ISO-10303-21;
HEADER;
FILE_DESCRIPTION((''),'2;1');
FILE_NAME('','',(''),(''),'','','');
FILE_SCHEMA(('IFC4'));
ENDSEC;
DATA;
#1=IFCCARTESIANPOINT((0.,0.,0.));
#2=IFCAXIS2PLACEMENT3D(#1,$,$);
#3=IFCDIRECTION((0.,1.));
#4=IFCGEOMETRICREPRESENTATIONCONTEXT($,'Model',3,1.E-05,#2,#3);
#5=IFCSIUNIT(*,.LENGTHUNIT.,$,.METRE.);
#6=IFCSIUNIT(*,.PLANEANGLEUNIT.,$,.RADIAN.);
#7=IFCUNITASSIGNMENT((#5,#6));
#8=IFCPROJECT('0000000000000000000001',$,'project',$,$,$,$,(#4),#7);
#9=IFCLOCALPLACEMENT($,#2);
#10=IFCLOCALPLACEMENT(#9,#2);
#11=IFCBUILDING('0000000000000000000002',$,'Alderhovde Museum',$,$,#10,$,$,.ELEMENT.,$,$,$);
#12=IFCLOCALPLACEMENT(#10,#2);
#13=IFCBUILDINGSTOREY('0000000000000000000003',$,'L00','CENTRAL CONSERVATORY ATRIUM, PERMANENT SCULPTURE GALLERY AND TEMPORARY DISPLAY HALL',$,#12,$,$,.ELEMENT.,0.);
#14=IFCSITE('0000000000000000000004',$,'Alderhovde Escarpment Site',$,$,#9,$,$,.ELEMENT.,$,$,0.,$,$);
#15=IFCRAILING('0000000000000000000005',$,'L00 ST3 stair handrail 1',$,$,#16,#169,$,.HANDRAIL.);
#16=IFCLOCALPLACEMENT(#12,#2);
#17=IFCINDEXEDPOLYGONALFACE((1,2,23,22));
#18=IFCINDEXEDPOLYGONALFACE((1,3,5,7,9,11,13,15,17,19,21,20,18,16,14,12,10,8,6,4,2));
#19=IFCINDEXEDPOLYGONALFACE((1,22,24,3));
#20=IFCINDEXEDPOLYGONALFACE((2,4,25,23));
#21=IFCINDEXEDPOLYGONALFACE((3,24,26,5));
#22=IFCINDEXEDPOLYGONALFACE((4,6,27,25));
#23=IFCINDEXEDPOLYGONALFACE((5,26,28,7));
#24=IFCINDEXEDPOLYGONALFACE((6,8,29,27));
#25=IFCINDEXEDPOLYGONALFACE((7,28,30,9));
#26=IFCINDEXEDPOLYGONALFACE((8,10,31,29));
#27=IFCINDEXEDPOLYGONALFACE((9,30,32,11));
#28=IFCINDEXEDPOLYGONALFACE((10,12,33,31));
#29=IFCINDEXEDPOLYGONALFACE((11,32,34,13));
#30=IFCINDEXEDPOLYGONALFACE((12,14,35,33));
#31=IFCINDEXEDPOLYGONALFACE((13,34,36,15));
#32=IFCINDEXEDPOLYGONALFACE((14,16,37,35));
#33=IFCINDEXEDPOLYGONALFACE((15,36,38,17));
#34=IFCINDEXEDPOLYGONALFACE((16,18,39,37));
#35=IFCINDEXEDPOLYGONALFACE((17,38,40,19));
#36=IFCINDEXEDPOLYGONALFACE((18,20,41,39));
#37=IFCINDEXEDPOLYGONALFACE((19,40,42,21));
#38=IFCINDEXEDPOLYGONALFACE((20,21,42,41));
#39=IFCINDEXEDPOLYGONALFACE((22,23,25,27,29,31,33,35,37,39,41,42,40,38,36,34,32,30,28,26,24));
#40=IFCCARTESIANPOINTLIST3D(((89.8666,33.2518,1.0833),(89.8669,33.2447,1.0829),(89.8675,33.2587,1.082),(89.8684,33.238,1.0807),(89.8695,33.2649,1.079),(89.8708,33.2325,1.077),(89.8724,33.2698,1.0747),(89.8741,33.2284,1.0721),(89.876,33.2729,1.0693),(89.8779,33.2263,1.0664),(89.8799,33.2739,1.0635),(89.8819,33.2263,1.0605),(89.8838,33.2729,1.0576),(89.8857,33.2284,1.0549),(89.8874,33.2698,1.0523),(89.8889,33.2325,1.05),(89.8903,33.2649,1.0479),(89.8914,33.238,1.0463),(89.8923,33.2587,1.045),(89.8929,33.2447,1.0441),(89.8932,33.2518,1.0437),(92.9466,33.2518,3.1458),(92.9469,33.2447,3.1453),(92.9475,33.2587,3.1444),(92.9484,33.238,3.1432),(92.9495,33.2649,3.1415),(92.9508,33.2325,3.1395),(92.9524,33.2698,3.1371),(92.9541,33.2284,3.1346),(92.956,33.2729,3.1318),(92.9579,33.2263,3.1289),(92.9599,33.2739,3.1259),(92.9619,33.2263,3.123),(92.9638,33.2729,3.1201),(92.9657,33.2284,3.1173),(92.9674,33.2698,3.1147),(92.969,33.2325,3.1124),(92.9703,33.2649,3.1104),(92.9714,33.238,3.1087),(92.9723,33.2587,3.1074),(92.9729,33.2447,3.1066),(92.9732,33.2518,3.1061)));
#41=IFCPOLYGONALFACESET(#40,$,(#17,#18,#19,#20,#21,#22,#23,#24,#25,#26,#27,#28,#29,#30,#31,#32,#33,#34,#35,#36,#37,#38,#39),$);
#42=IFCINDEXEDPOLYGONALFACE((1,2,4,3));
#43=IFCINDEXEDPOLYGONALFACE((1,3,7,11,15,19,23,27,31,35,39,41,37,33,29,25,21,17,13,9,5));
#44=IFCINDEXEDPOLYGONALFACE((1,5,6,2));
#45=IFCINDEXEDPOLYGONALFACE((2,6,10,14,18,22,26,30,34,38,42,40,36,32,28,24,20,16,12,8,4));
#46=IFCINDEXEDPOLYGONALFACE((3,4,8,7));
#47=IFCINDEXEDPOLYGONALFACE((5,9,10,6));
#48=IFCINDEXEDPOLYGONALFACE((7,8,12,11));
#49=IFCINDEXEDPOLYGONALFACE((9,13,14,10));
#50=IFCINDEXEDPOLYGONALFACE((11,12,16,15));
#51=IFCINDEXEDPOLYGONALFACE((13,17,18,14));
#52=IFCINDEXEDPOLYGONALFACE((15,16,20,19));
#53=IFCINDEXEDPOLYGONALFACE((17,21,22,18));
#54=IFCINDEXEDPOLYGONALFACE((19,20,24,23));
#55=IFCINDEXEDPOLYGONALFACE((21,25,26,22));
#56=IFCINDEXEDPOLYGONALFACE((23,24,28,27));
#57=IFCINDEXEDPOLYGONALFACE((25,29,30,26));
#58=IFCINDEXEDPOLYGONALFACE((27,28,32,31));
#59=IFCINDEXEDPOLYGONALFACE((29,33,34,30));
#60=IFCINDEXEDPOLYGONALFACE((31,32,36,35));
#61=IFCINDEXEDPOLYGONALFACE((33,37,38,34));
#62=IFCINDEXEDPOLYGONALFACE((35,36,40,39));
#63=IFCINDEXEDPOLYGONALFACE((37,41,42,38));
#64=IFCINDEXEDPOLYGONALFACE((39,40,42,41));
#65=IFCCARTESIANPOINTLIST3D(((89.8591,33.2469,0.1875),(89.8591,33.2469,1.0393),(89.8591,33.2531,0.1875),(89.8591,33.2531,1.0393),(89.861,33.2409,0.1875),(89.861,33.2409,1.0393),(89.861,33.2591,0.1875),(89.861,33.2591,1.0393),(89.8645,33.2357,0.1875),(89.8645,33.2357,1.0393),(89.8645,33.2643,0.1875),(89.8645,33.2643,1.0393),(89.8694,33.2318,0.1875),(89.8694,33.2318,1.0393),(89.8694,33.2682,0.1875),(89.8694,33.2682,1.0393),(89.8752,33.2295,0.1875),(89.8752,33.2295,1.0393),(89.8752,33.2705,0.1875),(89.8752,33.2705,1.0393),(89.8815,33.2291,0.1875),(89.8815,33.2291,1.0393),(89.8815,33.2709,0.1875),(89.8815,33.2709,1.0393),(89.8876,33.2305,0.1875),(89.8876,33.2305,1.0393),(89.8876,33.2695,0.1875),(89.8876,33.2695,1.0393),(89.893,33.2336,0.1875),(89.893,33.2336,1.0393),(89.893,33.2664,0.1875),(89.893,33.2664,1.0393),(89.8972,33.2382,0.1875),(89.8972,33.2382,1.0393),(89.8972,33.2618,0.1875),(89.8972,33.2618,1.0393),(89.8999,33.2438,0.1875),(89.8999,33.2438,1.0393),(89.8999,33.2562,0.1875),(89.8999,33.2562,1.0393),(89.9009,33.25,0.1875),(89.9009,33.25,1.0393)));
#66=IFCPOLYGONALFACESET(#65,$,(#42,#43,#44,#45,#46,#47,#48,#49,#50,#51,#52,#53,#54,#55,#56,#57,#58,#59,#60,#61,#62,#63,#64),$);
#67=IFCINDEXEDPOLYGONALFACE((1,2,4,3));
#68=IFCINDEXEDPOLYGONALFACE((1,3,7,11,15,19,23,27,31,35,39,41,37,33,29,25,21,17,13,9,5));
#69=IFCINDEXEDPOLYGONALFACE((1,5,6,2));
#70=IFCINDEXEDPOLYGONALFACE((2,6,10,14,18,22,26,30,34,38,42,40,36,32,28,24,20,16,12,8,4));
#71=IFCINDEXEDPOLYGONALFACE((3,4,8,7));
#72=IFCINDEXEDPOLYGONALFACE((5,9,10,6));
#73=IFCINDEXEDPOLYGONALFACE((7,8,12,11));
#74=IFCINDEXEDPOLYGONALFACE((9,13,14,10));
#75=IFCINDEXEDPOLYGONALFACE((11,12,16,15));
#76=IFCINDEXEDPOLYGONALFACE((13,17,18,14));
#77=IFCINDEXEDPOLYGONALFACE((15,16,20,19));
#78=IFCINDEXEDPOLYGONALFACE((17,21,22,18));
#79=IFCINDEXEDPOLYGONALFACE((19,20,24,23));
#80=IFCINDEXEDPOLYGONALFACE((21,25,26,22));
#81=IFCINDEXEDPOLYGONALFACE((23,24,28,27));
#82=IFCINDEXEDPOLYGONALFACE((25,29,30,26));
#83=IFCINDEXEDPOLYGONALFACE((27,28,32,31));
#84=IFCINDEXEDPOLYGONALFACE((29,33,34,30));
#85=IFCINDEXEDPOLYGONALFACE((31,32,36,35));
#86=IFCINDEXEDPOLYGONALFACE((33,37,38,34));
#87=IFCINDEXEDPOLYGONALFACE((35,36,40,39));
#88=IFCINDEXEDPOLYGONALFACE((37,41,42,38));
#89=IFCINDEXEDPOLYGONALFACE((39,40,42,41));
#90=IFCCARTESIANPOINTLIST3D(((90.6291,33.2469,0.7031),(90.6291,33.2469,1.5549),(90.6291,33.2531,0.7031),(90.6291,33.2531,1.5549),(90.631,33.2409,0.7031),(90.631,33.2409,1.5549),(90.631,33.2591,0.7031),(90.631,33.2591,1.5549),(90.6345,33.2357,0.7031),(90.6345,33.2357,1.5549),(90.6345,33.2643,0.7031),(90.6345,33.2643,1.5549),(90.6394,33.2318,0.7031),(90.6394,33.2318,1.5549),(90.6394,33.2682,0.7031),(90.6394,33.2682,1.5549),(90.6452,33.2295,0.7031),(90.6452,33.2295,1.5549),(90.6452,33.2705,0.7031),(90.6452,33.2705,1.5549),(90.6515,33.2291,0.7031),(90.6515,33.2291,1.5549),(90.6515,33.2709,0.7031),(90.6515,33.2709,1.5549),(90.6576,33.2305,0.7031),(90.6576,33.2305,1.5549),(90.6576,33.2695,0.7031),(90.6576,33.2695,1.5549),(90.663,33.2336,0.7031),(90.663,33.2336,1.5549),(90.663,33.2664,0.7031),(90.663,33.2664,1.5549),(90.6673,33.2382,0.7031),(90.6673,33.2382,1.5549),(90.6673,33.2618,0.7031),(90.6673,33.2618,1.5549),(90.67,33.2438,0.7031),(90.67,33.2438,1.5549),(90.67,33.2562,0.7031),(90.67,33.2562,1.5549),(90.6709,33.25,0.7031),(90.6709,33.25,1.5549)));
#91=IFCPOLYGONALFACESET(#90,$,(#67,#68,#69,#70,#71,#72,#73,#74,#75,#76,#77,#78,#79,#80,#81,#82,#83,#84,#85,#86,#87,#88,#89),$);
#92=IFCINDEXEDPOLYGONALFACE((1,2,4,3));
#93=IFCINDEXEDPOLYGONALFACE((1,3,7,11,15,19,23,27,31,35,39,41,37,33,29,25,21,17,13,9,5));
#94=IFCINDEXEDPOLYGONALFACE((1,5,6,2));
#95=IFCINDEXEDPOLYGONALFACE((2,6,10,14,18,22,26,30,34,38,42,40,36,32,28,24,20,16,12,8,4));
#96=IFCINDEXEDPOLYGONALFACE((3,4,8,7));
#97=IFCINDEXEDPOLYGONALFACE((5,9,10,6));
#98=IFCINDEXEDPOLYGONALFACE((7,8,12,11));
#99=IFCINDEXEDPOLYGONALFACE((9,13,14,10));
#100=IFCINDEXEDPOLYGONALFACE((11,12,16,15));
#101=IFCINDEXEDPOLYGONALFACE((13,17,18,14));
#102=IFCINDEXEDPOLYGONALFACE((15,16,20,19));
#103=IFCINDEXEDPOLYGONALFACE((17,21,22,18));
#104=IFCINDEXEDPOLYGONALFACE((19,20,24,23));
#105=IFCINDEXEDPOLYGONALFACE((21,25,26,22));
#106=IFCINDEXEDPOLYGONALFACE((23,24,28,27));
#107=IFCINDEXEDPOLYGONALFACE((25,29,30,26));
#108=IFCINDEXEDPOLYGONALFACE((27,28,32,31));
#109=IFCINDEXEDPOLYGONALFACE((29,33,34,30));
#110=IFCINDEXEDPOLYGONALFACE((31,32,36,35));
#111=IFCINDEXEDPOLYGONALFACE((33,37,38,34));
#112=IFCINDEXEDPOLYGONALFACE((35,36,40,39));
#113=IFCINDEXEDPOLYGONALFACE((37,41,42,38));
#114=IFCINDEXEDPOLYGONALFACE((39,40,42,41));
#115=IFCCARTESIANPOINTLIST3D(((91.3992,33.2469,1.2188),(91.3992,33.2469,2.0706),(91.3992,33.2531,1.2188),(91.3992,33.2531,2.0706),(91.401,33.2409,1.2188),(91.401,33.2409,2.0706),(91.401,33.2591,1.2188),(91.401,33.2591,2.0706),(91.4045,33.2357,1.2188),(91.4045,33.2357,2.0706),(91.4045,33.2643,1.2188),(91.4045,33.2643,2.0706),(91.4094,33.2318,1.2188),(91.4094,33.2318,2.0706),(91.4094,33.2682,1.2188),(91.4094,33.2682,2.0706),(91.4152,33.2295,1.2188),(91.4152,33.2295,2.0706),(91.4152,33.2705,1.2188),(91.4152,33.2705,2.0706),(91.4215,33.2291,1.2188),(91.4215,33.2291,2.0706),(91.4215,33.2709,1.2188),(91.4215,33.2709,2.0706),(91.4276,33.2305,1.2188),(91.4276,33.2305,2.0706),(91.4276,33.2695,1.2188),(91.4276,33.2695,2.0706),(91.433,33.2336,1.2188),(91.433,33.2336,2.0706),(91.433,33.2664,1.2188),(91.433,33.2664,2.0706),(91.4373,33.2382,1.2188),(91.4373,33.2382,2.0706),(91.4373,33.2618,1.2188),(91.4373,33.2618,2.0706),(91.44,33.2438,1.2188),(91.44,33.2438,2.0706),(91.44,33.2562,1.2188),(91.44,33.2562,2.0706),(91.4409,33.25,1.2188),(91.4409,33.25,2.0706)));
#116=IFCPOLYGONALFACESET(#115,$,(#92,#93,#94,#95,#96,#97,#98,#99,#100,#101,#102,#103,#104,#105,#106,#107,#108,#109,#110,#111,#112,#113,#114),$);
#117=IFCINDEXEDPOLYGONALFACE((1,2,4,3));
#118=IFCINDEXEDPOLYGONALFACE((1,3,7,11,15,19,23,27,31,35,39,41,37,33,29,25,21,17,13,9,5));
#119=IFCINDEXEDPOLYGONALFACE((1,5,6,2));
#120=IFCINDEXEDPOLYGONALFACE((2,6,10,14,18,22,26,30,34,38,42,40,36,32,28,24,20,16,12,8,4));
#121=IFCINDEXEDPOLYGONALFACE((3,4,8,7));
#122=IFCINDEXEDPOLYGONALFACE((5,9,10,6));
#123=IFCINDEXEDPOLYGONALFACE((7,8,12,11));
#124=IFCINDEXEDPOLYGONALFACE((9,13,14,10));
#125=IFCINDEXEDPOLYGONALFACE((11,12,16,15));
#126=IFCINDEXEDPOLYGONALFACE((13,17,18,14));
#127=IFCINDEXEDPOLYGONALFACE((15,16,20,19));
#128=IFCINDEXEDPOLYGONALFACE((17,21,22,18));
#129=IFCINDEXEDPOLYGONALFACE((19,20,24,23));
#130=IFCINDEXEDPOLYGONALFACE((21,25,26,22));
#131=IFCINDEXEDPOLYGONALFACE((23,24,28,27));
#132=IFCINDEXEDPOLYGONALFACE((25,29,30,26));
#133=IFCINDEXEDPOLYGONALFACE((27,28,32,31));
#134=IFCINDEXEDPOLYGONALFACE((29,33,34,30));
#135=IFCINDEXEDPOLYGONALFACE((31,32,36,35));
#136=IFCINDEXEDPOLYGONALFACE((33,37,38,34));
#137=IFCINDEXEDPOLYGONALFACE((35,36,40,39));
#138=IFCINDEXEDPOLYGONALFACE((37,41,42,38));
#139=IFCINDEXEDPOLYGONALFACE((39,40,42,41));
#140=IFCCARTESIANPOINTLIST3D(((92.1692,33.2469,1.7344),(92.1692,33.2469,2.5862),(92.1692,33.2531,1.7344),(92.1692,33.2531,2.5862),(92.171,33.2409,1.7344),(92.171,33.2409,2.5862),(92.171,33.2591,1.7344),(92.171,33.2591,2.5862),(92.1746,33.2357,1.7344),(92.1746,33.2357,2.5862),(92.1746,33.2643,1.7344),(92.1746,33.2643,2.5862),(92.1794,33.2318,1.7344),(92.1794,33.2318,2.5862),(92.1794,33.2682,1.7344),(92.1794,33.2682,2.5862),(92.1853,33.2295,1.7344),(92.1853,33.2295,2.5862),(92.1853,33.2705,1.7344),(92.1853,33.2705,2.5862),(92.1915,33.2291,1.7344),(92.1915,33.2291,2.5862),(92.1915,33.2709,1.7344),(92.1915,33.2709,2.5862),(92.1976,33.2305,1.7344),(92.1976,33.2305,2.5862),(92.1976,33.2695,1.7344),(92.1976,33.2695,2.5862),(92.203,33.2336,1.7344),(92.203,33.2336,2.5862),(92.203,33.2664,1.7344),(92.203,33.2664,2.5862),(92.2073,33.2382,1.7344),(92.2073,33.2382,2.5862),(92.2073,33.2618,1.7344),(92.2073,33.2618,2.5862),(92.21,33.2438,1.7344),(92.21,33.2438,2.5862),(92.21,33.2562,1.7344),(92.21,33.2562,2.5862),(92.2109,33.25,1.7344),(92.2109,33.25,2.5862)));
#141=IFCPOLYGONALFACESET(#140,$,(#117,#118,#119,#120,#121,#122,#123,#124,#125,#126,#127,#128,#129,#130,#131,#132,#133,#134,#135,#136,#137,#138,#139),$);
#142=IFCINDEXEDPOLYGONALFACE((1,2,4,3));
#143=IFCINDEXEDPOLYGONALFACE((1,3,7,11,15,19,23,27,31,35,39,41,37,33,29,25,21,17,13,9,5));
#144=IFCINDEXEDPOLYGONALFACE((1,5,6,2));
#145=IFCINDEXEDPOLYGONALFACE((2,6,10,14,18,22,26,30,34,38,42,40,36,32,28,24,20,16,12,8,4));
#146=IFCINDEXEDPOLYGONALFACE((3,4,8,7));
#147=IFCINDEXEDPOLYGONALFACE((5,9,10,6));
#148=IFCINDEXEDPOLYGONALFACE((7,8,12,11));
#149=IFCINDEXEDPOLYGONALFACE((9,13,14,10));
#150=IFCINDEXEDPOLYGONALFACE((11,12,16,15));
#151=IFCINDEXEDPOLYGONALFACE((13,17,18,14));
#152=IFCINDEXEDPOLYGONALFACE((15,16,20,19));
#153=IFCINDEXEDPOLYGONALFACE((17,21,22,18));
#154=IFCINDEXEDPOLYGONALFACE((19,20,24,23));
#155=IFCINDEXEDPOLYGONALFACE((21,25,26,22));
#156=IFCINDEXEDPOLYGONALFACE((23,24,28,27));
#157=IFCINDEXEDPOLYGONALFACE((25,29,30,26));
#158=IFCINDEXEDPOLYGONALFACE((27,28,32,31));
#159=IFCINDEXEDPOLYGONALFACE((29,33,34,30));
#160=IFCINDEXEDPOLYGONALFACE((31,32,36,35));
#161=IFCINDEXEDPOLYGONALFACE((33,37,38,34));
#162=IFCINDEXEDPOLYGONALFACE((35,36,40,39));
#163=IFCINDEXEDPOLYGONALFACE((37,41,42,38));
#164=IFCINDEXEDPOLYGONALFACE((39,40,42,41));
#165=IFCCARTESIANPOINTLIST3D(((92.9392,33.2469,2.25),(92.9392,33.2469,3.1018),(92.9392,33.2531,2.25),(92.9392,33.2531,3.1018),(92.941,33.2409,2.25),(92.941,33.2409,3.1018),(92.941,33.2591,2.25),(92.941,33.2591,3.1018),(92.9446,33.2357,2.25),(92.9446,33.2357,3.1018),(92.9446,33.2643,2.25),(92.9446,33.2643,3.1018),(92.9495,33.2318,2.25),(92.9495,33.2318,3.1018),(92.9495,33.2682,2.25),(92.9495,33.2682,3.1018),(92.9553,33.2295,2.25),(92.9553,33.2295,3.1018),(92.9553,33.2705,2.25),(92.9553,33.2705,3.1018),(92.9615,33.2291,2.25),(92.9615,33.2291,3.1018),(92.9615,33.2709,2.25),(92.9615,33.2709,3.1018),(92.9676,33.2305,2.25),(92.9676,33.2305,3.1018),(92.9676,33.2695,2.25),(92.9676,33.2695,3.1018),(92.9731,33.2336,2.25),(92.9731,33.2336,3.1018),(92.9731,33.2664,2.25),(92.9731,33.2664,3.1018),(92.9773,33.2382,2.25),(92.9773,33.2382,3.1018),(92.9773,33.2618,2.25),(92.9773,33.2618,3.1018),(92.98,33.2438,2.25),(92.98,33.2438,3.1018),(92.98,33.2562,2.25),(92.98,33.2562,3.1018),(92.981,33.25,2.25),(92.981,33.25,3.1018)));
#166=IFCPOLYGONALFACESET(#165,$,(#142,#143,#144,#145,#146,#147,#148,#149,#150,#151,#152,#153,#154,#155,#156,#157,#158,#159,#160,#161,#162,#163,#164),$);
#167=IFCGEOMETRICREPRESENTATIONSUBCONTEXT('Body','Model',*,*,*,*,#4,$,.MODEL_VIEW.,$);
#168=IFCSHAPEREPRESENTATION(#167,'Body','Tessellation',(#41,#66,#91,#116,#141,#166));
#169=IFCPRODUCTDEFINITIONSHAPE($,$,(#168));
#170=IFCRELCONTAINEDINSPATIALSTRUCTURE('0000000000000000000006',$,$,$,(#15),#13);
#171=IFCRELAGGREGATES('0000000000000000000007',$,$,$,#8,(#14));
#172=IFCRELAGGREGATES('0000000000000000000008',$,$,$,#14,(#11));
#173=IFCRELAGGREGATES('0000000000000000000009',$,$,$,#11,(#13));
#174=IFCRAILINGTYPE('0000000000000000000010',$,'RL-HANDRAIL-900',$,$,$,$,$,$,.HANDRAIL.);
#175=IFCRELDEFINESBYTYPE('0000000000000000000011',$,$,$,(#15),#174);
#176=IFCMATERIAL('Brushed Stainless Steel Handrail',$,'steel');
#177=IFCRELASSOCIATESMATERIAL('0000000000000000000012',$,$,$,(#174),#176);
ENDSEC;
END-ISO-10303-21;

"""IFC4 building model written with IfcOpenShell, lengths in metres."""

from ifc_helpers import new_model, si_unit, direction, frame, origin, origin_2d, place, context, subcontext, project, spatial, circle, extrude, material, type_object, element, save


model = new_model("IFC4")

# Units and contexts
model_context = context("Model", 3, precision=1e-05, world=origin(), true_north=direction((0.0, 1.0)))
body_context = subcontext(model_context, "Body", "Model", "MODEL_VIEW")
ifc_project = project(units=[si_unit("LENGTHUNIT", "METRE"), si_unit("PLANEANGLEUNIT", "RADIAN")], contexts=[model_context])

# Site, building, storey
site_placement = place(None, origin())
site = spatial("IfcSite", under=ifc_project, at=site_placement, Name="Alderhovde Escarpment Site", CompositionType="ELEMENT", RefElevation=0.0)
building_placement = place(site_placement, origin())
building = spatial("IfcBuilding", under=site, at=building_placement, Name="Alderhovde Museum", CompositionType="ELEMENT")
storey_placement = place(building_placement, origin())
storey = spatial("IfcBuildingStorey", under=building, at=storey_placement, Name="L00", Description="CENTRAL CONSERVATORY ATRIUM, PERMANENT SCULPTURE GALLERY AND TEMPORARY DISPLAY HALL", CompositionType="ELEMENT", Elevation=0.0)

# Railing
ifc_material_1 = material(Name="Brushed Stainless Steel Handrail", Category="steel")
railing_type_1 = type_object("IfcRailingType", Name="RL-HANDRAIL-900", PredefinedType="HANDRAIL", material=ifc_material_1)
railing_1_placement = place(storey_placement, frame((89.8799, 33.25, 0.1875)))
element("IfcRailing", 1, at=railing_1_placement, inside=storey, type_object=railing_type_1, Name="L00 ST3 stair handrail 1", PredefinedType="HANDRAIL", context=body_context, shape_type="SweptSolid", body=[
    extrude(circle(Radius=0.0239, at=origin_2d()), frame((0.0, 0.0, 0.876), z_axis=(0.830914, 0.0, 0.556401), x_axis=(0.0, 1.0, 0.0)), (0.0, 0.0, 1.0), 3.7068),
    extrude(circle(Radius=0.021, at=origin_2d()), origin(), (0.0, 0.0, 1.0), 0.8518),
    extrude(circle(Radius=0.021, at=origin_2d()), frame((0.77, 0.0, 0.5156)), (0.0, 0.0, 1.0), 0.8518),
    extrude(circle(Radius=0.021, at=origin_2d()), frame((1.54, 0.0, 1.0312)), (0.0, 0.0, 1.0), 0.8518),
    extrude(circle(Radius=0.021, at=origin_2d()), frame((2.3101, 0.0, 1.5469)), (0.0, 0.0, 1.0), 0.8518),
    extrude(circle(Radius=0.021, at=origin_2d()), frame((3.0801, 0.0, 2.0625)), (0.0, 0.0, 1.0), 0.8518),
])

save(model, "model.ifc")
